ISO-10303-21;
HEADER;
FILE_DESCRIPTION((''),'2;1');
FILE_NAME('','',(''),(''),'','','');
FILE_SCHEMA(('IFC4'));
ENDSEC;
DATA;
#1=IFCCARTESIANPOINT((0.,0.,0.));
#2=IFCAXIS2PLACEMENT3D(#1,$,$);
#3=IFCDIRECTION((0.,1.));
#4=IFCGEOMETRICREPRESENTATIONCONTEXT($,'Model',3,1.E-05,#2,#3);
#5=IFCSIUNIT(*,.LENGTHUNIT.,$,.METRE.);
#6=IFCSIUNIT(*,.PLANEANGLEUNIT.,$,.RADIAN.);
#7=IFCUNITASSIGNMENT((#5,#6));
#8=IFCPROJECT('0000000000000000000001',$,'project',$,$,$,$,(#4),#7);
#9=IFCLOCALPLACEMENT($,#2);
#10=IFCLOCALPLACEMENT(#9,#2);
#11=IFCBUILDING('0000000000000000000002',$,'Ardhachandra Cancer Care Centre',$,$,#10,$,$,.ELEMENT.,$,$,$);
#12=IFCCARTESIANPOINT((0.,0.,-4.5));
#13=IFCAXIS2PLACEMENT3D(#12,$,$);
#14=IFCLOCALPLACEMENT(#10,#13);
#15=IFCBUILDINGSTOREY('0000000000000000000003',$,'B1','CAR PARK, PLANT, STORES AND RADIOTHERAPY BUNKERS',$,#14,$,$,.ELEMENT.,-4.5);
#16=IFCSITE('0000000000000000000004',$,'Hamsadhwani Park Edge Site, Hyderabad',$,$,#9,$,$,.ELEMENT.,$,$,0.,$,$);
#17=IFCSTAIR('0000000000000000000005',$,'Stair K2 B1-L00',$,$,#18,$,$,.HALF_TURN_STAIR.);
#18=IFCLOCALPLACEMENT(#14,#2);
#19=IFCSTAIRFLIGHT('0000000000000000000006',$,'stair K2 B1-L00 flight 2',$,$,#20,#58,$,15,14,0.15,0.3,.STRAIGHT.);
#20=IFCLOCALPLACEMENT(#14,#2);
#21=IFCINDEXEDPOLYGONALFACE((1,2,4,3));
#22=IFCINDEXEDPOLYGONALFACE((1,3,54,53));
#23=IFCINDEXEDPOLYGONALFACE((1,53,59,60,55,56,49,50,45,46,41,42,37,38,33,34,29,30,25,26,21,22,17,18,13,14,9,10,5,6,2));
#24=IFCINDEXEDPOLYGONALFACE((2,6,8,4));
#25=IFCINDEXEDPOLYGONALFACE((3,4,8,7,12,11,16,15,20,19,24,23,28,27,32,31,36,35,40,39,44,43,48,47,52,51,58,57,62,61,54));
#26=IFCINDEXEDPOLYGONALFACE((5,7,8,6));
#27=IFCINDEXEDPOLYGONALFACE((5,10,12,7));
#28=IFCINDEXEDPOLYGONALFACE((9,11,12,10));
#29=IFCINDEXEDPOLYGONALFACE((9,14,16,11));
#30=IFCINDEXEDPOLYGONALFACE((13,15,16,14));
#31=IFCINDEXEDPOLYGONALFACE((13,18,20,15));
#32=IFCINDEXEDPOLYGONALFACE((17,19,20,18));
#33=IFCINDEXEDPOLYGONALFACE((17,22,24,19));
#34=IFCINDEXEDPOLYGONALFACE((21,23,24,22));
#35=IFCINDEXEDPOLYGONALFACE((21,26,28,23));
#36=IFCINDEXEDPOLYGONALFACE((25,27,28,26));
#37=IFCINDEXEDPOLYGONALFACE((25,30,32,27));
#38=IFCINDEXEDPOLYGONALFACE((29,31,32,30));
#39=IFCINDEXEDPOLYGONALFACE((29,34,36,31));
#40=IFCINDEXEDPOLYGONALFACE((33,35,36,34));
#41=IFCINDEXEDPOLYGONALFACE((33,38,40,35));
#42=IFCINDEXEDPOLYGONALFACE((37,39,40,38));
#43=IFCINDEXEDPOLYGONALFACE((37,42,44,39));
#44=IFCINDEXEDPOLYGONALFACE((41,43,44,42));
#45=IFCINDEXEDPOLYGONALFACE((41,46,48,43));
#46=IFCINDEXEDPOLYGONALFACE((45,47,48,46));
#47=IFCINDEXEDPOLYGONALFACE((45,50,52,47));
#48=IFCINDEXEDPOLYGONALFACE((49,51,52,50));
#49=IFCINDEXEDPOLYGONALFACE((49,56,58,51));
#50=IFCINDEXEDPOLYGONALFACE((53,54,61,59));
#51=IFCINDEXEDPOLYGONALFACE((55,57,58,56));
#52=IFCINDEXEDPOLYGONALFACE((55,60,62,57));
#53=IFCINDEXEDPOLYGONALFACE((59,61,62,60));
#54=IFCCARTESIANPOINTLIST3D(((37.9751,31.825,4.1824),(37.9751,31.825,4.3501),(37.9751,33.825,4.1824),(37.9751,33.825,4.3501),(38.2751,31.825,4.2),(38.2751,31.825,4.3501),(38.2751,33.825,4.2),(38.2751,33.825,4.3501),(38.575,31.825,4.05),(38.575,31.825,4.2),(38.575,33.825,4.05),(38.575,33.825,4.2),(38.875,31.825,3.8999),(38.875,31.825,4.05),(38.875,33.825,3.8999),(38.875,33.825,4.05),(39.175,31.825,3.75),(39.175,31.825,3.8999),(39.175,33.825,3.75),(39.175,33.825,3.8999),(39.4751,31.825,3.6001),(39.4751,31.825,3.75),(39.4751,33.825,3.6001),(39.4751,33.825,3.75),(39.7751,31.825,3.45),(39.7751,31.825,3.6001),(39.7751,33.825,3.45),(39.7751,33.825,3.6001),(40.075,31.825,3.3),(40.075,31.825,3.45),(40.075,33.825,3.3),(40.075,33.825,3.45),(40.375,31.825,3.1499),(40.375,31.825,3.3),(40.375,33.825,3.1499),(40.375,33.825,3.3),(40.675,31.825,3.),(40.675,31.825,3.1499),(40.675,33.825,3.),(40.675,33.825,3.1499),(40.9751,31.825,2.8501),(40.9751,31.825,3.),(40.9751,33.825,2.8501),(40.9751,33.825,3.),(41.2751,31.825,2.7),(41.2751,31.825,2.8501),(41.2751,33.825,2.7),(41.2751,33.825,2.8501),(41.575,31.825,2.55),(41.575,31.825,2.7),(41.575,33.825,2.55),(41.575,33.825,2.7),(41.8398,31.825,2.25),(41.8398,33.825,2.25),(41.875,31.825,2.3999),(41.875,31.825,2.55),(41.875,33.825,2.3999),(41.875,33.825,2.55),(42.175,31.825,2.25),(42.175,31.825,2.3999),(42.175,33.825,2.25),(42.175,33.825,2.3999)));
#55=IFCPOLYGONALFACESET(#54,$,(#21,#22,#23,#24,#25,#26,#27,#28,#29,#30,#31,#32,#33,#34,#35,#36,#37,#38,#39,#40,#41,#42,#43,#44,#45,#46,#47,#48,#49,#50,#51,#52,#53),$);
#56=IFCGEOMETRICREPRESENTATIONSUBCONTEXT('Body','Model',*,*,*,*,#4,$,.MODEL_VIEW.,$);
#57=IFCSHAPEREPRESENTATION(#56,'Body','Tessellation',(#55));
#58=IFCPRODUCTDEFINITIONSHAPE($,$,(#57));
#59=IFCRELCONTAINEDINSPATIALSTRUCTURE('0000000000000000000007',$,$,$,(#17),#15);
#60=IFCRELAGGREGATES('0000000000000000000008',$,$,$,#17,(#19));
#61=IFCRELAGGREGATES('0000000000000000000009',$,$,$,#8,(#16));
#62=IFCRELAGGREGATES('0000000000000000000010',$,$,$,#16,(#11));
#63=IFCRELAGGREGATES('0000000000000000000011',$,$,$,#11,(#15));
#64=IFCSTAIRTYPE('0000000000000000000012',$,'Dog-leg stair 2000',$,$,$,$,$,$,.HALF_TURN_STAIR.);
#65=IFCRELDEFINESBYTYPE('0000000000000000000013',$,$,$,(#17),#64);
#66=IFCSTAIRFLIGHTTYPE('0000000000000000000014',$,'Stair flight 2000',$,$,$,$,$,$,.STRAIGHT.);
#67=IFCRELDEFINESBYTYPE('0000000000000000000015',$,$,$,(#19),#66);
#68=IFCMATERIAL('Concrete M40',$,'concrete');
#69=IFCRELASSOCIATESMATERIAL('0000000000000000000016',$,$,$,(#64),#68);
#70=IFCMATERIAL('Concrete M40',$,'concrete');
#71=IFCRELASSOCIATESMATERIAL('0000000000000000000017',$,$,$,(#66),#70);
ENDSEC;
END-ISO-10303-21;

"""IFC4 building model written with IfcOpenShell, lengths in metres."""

from ifc_helpers import new_model, si_unit, direction, frame, origin, place, context, subcontext, project, spatial, polyline, outline, extrude, material, type_object, element, aggregate, save


model = new_model("IFC4")

# Units and contexts
model_context = context("Model", 3, precision=1e-05, world=origin(), true_north=direction((0.0, 1.0)))
body_context = subcontext(model_context, "Body", "Model", "MODEL_VIEW")
ifc_project = project(units=[si_unit("LENGTHUNIT", "METRE"), si_unit("PLANEANGLEUNIT", "RADIAN")], contexts=[model_context])

# Site, building, storey
site_placement = place(None, origin())
site = spatial("IfcSite", under=ifc_project, at=site_placement, Name="Hamsadhwani Park Edge Site, Hyderabad", CompositionType="ELEMENT", RefElevation=0.0)
building_placement = place(site_placement, origin())
building = spatial("IfcBuilding", under=site, at=building_placement, Name="Ardhachandra Cancer Care Centre", CompositionType="ELEMENT")
storey_placement = place(building_placement, frame((0.0, 0.0, -4.5)))
storey = spatial("IfcBuildingStorey", under=building, at=storey_placement, Name="B1", Description="CAR PARK, PLANT, STORES AND RADIOTHERAPY BUNKERS", CompositionType="ELEMENT", Elevation=-4.5)

# Stair, stair flight
ifc_material_1 = material(Name="Concrete M40", Category="concrete")
stair_type = type_object("IfcStairType", Name="Dog-leg stair 2000", PredefinedType="HALF_TURN_STAIR", material=ifc_material_1)
stair_placement = place(storey_placement, origin())
stair = element("IfcStair", 1, at=stair_placement, inside=storey, type_object=stair_type, Name="Stair K2 B1-L00", PredefinedType="HALF_TURN_STAIR")
ifc_material_2 = material(Name="Concrete M40", Category="concrete")
stair_flight_type = type_object("IfcStairFlightType", Name="Stair flight 2000", PredefinedType="STRAIGHT", material=ifc_material_2)
stair_flight_placement = place(storey_placement, frame((42.175, 32.825, 2.25), z_axis=(0.0, 0.0, 1.0), x_axis=(-1.0, 0.0, 0.0)))
stair_flight = element("IfcStairFlight", 2, at=stair_flight_placement, type_object=stair_flight_type, Name="stair K2 B1-L00 flight 2", NumberOfRisers=15, NumberOfTreads=14, PredefinedType="STRAIGHT", RiserHeight=0.15, TreadLength=0.3, context=body_context, shape_type="SweptSolid", body=[
    extrude(outline(polyline([(0.0, 0.0), (0.0, 0.1499), (0.3, 0.1499), (0.3, 0.3), (0.6001, 0.3), (0.6001, 0.45), (0.8999, 0.45), (0.8999, 0.6001), (1.2, 0.6001), (1.2, 0.75), (1.5, 0.75), (1.5, 0.8999), (1.8, 0.8999), (1.8, 1.05), (2.1001, 1.05), (2.1001, 1.2), (2.3999, 1.2), (2.3999, 1.3501), (2.7, 1.3501), (2.7, 1.5), (3.0, 1.5), (3.0, 1.6499), (3.3, 1.6499), (3.3, 1.8), (3.6001, 1.8), (3.6001, 1.95), (3.8999, 1.95), (3.8999, 2.1001), (4.2, 2.1001), (4.2, 2.25), (4.2, 1.9324), (0.3352, 0.0), (0.0, 0.0)])), frame((0.0, 1.0, 0.0), z_axis=(0.0, -1.0, 0.0), x_axis=(1.0, 0.0, 0.0)), (0.0, 0.0, 1.0), 2.0),
])
aggregate(stair, [stair_flight])

save(model, "model.ifc")
